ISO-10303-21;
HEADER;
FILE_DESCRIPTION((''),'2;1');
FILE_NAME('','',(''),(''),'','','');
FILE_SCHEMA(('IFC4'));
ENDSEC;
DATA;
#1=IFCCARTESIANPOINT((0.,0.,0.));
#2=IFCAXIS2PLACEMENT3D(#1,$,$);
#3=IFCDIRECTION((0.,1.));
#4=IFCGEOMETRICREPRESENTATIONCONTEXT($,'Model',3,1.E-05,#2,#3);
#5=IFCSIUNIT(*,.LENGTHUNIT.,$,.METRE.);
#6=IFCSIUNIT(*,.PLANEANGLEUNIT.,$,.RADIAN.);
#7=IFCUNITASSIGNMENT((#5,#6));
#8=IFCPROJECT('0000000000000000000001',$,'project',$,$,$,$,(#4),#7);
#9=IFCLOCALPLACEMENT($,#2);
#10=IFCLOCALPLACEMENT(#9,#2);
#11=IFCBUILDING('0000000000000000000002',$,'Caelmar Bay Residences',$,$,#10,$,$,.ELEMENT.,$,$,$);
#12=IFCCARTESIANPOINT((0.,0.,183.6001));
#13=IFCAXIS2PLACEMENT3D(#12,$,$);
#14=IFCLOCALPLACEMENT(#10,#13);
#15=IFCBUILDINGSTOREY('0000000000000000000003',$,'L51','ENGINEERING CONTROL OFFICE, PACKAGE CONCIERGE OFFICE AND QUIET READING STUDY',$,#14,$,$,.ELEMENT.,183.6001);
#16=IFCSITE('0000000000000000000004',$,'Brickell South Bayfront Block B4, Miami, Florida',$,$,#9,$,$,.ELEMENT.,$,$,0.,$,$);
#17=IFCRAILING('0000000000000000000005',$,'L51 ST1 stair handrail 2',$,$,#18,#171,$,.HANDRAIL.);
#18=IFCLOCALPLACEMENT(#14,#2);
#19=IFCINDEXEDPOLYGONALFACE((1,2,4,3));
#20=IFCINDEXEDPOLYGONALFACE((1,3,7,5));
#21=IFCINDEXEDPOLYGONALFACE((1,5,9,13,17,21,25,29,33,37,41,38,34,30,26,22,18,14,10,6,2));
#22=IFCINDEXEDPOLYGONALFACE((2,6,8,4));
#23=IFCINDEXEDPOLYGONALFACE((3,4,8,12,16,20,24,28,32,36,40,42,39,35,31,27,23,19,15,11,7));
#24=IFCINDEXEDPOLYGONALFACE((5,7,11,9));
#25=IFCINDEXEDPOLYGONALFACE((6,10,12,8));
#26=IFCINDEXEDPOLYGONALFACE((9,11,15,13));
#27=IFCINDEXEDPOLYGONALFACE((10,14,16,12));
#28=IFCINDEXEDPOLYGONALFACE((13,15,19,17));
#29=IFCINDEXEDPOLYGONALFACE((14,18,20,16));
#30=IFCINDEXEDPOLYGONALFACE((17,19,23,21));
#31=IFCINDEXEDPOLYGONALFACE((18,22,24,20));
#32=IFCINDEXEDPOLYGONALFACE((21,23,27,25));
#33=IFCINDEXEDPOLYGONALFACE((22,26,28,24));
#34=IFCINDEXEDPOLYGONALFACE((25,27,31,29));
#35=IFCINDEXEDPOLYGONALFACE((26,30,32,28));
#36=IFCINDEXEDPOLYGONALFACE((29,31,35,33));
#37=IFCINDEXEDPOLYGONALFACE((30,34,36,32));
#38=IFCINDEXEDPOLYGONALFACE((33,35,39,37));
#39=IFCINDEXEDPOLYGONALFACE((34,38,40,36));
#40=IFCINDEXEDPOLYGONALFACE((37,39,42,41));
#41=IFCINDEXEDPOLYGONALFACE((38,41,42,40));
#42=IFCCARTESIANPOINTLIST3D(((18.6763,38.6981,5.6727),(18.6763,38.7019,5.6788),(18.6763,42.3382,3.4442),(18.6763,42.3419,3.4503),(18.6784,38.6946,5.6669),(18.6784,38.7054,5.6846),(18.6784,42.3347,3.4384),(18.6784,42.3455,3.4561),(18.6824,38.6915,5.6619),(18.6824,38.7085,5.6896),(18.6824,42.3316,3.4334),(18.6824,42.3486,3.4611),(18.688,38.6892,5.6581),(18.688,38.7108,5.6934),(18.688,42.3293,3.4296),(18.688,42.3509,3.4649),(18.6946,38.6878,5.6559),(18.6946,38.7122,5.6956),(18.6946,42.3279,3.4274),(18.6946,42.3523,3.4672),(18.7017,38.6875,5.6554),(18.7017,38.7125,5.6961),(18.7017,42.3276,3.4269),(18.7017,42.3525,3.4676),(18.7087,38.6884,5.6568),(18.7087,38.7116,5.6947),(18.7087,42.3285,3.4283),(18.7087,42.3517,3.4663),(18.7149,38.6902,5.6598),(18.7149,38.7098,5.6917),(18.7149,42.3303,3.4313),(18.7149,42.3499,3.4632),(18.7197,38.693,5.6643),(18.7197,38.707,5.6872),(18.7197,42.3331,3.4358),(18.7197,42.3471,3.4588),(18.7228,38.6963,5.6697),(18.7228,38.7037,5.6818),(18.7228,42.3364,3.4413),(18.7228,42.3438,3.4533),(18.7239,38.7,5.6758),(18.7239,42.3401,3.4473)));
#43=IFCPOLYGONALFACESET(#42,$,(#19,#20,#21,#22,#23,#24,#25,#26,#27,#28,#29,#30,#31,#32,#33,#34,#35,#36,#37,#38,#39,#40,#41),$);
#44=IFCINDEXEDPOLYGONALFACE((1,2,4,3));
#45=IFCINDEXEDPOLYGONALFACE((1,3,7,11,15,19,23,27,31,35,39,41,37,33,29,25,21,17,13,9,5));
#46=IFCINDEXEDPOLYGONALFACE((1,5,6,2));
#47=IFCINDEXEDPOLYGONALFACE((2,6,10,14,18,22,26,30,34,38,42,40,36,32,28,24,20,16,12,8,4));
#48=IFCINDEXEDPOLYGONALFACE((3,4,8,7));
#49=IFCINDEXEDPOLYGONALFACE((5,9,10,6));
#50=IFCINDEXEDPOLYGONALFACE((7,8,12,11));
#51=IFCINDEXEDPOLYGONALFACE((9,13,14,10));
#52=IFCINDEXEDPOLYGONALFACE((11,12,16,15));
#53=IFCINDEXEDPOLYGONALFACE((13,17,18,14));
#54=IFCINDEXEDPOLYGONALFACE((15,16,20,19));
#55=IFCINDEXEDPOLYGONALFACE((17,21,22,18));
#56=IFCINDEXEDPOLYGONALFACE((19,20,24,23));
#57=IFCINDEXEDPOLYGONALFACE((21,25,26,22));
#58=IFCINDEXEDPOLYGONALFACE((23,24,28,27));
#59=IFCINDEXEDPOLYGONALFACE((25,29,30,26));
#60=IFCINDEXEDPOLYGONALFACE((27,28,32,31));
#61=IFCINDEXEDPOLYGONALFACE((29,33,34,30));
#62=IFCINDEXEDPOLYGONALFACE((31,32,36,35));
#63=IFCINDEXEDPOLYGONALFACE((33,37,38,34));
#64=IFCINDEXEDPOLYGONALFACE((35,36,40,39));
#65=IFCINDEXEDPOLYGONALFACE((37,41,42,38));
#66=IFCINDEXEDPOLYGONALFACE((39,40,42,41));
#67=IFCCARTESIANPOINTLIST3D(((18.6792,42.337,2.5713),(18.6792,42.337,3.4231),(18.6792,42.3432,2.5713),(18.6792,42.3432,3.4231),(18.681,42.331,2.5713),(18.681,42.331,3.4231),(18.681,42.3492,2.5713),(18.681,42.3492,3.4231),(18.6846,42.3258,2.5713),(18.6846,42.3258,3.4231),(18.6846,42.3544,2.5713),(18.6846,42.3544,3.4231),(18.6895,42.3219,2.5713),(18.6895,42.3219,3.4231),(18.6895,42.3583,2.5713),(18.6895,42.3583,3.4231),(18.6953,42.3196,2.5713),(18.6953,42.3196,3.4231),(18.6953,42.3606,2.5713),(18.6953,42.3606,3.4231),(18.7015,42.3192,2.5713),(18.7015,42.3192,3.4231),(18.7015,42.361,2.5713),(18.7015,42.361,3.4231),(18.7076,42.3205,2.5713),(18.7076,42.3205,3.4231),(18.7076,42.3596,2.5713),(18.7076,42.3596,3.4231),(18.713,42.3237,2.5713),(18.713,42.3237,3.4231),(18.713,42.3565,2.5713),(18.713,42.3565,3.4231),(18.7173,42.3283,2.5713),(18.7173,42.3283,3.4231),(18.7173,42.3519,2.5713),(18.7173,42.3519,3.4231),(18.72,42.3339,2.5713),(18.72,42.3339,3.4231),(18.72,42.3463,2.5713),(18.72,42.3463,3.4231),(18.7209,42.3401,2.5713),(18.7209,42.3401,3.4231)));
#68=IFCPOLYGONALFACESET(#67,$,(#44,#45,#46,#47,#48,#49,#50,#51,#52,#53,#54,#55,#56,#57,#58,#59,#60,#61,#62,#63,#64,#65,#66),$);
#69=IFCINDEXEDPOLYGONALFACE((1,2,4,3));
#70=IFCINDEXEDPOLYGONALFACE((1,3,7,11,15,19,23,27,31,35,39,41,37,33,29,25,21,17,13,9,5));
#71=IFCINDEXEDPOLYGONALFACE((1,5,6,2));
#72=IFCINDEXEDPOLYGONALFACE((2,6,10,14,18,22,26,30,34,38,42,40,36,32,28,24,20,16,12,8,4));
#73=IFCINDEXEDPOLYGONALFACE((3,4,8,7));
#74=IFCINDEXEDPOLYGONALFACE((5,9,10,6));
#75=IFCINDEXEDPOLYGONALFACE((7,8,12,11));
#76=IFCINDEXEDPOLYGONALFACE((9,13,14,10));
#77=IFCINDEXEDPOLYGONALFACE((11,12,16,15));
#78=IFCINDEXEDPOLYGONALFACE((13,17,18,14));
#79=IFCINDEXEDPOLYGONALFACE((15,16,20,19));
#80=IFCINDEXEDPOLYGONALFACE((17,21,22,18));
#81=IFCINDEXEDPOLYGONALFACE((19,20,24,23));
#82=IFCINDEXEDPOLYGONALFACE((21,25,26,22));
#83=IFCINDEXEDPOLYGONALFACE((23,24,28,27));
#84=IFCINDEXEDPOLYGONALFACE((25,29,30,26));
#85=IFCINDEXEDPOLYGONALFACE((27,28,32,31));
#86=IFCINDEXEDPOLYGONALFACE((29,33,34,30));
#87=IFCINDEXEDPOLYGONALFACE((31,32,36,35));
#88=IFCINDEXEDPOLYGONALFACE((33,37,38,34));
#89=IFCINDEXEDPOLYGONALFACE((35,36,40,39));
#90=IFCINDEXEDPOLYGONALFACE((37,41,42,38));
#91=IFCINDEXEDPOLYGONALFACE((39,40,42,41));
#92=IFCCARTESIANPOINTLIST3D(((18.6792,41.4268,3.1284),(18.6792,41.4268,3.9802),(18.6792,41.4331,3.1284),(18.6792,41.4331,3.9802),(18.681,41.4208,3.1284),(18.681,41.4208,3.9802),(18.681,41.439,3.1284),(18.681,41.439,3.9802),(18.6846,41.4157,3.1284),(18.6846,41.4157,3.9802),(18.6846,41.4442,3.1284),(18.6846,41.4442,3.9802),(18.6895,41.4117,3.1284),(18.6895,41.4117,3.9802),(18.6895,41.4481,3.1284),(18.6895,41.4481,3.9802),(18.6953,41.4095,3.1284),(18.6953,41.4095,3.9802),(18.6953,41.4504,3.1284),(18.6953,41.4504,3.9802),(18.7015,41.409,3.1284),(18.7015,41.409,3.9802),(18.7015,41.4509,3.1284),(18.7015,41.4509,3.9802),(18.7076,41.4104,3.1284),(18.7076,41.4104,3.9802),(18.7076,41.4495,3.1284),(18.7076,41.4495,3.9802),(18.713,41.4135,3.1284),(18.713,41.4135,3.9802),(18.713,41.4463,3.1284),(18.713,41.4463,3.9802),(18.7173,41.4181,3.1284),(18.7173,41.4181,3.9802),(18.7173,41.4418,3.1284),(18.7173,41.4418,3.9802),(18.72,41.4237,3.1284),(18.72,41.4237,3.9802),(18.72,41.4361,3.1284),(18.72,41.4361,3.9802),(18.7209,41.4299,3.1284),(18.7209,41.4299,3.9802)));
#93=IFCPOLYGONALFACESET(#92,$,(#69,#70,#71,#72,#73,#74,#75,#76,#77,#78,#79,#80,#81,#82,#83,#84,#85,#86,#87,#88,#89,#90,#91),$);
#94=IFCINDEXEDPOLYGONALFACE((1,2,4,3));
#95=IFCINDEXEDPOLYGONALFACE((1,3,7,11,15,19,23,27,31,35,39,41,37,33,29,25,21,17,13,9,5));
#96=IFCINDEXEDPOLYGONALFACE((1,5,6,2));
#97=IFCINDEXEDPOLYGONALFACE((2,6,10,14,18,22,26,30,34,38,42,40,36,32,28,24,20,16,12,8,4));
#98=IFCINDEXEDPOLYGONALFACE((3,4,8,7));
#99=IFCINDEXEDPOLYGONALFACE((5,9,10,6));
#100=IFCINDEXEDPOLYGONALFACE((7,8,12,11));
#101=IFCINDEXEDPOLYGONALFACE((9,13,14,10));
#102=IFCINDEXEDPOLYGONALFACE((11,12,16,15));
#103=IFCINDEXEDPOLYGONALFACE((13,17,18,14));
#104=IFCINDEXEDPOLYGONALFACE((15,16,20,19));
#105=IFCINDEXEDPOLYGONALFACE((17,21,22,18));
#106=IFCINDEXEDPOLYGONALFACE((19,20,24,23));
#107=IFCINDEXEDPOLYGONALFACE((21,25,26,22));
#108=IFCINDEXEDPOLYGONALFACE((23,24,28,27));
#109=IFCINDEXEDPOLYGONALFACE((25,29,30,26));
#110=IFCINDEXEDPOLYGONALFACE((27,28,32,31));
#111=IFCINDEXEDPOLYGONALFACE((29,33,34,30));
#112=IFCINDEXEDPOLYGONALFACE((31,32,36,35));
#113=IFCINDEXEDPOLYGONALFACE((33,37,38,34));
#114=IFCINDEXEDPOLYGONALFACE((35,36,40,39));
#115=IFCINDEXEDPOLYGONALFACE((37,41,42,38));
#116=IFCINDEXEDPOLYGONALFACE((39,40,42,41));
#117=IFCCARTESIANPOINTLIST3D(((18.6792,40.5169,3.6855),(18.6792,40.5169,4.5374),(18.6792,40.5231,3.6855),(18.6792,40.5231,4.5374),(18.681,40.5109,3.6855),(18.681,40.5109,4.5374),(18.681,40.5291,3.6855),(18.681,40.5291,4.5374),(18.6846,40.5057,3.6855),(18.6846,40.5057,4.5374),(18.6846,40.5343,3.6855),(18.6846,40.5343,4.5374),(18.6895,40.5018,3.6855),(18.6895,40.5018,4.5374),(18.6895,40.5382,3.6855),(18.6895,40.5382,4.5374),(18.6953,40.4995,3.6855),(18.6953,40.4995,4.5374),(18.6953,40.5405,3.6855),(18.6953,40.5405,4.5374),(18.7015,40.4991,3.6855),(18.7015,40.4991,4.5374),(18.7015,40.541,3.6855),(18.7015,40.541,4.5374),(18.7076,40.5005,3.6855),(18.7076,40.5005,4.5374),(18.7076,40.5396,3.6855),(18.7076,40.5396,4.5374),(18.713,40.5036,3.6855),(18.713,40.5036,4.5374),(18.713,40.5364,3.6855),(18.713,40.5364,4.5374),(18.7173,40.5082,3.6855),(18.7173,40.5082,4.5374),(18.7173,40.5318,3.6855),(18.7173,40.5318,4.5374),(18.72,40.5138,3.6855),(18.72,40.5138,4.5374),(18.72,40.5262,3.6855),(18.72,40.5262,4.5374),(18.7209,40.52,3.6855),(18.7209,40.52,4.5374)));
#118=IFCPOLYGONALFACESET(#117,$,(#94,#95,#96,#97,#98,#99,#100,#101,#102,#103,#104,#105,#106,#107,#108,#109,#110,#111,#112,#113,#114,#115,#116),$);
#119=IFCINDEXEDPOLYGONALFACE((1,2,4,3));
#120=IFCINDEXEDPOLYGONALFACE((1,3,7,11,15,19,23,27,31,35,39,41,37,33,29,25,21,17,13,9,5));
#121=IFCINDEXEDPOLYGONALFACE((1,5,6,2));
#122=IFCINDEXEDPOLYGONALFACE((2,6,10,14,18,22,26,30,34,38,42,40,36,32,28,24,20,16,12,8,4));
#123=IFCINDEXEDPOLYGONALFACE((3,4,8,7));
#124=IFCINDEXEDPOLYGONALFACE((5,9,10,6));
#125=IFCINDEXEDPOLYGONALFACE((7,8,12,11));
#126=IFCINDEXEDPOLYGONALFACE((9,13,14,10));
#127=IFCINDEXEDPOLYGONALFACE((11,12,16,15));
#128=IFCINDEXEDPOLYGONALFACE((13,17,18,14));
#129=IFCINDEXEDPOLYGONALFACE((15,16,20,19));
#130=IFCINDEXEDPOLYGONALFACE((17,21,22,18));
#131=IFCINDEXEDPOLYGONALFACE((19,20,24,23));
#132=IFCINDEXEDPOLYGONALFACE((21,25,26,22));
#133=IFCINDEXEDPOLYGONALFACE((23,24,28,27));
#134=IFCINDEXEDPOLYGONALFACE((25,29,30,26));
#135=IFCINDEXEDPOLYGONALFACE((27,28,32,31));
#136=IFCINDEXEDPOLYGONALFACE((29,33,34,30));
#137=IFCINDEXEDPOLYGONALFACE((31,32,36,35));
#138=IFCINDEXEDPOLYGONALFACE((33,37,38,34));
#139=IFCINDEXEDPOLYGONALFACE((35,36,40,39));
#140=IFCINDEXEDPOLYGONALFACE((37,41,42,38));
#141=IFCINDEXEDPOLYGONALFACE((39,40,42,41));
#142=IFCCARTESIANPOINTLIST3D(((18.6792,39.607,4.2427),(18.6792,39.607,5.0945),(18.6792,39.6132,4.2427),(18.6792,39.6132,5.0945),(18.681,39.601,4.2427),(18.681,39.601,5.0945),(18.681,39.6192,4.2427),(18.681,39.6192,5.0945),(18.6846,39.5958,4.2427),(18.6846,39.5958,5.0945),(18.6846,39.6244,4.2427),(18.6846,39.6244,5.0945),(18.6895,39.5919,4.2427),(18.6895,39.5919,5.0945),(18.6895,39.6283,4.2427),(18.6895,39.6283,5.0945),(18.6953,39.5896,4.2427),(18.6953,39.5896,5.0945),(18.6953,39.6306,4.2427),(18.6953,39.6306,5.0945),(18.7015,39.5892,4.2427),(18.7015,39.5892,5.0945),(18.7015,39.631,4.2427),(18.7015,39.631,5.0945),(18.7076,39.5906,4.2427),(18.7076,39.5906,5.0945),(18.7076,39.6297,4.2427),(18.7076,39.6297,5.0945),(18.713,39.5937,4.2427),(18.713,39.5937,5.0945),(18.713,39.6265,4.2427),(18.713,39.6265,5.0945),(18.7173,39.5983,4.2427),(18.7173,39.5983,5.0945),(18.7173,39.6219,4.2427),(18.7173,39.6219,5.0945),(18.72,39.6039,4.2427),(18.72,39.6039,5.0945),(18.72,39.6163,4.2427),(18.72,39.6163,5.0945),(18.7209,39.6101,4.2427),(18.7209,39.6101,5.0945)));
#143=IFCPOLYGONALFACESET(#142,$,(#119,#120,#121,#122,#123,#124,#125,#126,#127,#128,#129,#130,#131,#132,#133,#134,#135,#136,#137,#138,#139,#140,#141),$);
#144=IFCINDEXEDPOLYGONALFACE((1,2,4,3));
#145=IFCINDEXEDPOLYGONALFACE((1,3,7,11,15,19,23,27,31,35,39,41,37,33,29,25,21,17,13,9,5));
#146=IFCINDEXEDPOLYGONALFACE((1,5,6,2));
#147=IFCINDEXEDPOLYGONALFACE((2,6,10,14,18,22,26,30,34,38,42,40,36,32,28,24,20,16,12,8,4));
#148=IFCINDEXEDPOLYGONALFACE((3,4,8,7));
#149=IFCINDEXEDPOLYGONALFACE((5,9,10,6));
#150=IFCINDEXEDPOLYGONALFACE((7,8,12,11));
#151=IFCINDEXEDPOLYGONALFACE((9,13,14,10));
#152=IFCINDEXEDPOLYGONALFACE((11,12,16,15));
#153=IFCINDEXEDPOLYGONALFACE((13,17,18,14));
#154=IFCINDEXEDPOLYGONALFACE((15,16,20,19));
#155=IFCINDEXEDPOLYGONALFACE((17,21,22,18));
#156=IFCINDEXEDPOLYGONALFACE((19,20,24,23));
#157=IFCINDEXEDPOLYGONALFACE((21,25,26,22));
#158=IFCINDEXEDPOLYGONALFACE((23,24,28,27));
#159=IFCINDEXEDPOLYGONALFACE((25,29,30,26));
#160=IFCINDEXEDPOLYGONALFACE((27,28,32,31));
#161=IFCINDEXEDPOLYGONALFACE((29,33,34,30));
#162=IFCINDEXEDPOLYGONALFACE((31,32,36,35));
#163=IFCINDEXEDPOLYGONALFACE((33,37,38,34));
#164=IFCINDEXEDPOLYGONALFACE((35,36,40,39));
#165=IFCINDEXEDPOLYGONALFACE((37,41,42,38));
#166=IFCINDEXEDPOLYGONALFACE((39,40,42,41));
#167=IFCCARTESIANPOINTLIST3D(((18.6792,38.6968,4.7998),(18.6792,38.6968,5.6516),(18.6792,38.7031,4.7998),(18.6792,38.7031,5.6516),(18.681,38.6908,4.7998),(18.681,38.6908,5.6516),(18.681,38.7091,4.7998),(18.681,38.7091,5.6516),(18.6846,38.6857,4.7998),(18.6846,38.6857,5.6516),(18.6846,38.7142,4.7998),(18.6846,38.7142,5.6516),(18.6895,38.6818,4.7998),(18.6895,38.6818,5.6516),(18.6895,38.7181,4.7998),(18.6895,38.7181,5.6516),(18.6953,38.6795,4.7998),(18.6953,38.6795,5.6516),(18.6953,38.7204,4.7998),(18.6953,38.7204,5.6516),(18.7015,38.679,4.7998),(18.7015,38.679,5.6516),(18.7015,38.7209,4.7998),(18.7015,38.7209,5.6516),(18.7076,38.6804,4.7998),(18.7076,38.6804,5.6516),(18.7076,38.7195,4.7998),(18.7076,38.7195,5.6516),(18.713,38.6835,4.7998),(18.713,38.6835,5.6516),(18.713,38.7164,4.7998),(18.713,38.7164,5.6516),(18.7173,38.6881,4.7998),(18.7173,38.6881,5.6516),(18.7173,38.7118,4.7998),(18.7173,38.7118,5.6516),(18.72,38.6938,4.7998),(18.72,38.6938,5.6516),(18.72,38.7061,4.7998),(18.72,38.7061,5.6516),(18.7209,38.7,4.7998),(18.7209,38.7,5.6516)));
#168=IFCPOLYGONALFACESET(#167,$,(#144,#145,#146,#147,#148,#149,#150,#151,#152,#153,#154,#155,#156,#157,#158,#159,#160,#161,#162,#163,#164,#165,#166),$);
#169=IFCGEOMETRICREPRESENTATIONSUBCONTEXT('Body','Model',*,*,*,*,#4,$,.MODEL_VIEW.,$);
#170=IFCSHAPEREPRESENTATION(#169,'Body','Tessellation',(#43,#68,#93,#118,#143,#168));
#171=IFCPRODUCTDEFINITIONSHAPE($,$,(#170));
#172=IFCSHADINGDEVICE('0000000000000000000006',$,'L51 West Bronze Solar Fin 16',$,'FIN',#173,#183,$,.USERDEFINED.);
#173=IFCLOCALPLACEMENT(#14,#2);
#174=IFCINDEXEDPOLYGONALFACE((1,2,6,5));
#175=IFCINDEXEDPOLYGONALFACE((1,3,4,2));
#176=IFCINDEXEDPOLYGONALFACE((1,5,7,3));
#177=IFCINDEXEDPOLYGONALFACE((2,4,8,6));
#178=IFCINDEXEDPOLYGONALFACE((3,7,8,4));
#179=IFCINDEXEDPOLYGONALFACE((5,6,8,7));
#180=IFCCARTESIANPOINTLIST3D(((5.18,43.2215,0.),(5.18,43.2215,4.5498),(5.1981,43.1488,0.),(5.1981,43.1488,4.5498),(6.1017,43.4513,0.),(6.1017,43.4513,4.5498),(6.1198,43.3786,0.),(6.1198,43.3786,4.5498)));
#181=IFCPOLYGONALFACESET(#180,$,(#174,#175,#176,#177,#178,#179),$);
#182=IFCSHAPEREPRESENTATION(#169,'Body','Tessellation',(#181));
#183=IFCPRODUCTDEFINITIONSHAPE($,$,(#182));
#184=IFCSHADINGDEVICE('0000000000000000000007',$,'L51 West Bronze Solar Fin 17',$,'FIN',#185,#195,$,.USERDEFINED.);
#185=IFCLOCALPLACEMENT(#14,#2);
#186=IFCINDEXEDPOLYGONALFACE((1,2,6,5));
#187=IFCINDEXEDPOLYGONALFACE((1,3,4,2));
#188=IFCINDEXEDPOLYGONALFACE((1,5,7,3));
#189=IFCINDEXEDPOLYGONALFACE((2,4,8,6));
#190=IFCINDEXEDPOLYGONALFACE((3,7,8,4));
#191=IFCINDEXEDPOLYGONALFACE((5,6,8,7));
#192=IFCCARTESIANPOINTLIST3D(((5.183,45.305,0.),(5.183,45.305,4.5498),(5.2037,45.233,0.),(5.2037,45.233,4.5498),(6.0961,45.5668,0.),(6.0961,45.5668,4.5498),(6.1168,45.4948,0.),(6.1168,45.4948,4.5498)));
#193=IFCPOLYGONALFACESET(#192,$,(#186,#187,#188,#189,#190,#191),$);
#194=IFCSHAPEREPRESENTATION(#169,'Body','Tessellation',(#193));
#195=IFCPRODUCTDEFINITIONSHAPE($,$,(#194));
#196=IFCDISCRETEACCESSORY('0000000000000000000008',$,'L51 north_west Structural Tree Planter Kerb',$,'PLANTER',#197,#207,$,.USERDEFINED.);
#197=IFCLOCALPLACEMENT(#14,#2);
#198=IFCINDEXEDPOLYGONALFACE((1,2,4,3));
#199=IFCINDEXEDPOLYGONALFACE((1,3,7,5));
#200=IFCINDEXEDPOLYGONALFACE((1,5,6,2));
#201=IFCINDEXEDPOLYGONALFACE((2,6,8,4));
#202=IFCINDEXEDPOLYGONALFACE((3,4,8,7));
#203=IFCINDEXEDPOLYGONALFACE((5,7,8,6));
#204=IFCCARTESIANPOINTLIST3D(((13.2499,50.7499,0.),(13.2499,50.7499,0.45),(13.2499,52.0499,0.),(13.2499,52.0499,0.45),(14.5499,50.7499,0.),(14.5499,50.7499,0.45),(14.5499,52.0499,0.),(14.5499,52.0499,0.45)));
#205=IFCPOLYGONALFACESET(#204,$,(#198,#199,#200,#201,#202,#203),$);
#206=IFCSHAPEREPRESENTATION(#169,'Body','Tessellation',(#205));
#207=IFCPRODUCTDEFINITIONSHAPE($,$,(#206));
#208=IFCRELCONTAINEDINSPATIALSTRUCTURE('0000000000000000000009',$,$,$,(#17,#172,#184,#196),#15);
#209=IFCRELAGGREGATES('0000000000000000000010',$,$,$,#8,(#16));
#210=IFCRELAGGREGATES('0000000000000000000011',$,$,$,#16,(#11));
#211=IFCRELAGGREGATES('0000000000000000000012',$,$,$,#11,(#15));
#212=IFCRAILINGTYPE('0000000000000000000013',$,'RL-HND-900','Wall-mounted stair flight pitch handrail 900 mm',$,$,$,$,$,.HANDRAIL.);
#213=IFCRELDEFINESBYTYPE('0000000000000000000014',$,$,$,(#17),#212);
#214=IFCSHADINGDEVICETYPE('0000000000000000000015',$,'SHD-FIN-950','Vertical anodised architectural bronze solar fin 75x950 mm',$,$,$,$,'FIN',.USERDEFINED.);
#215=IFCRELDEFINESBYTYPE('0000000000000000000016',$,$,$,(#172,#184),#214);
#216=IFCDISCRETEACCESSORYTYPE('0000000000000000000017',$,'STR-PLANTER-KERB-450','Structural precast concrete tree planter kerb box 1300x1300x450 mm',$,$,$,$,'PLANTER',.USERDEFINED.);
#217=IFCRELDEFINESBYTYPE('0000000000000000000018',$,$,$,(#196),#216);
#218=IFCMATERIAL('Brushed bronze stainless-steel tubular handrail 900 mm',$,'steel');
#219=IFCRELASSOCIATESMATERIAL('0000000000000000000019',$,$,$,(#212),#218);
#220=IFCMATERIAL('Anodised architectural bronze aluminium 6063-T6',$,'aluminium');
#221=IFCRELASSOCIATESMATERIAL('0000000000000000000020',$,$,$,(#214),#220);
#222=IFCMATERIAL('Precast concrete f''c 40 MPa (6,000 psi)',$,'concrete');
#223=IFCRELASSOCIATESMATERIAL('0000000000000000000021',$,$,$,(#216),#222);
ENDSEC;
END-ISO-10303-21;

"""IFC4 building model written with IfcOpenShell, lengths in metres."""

from ifc_helpers import new_model, si_unit, direction, frame, origin, origin_2d, place, context, subcontext, project, spatial, rectangle, circle, extrude, material, material_profile, profile_set, type_object, element, save


model = new_model("IFC4")

# Units and contexts
model_context = context("Model", 3, precision=1e-05, world=origin(), true_north=direction((0.0, 1.0)))
body_context = subcontext(model_context, "Body", "Model", "MODEL_VIEW")
ifc_project = project(units=[si_unit("LENGTHUNIT", "METRE"), si_unit("PLANEANGLEUNIT", "RADIAN")], contexts=[model_context])

# Site, building, storey
site_placement = place(None, origin())
site = spatial("IfcSite", under=ifc_project, at=site_placement, Name="Brickell South Bayfront Block B4, Miami, Florida", CompositionType="ELEMENT", RefElevation=0.0)
building_placement = place(site_placement, origin())
building = spatial("IfcBuilding", under=site, at=building_placement, Name="Caelmar Bay Residences", CompositionType="ELEMENT")
storey_placement = place(building_placement, frame((0.0, 0.0, 183.6001)))
storey = spatial("IfcBuildingStorey", under=building, at=storey_placement, Name="L51", Description="ENGINEERING CONTROL OFFICE, PACKAGE CONCIERGE OFFICE AND QUIET READING STUDY", CompositionType="ELEMENT", Elevation=183.6001)

# Shared definitions
ifc_material_1 = material(Name="Precast concrete f'c 40 MPa (6,000 psi)", Category="concrete")

# Railing
ifc_material_2 = material(Name="Brushed bronze stainless-steel tubular handrail 900 mm", Category="steel")
railing_type_1 = type_object("IfcRailingType", Name="RL-HND-900", Description="Wall-mounted stair flight pitch handrail 900 mm", PredefinedType="HANDRAIL", material=ifc_material_2)
railing_1_placement = place(storey_placement, frame((18.7, 42.3401, 2.5713)))
element("IfcRailing", 1, at=railing_1_placement, inside=storey, type_object=railing_type_1, Name="L51 ST1 stair handrail 2", PredefinedType="HANDRAIL", context=body_context, shape_type="SweptSolid", body=[
    extrude(circle(Radius=0.0239, at=origin_2d()), frame((0.0, 0.0, 0.876), z_axis=(0.0, -0.852866, 0.52213), x_axis=(1.0, 0.0, 0.0)), (0.0, 0.0, 1.0), 4.2681),
    extrude(circle(Radius=0.021, at=origin_2d()), origin(), (0.0, 0.0, 1.0), 0.8518),
    extrude(circle(Radius=0.021, at=origin_2d()), frame((0.0, -0.9102, 0.5571)), (0.0, 0.0, 1.0), 0.8518),
    extrude(circle(Radius=0.021, at=origin_2d()), frame((0.0, -1.8201, 1.1143)), (0.0, 0.0, 1.0), 0.8518),
    extrude(circle(Radius=0.021, at=origin_2d()), frame((0.0, -2.73, 1.6714)), (0.0, 0.0, 1.0), 0.8518),
    extrude(circle(Radius=0.021, at=origin_2d()), frame((0.0, -3.6401, 2.2285)), (0.0, 0.0, 1.0), 0.8518),
])

# Shading devices
ifc_material_3 = material(Name="Anodised architectural bronze aluminium 6063-T6", Category="aluminium")
ifc_material_profile_1 = material_profile(ifc_material_3, rectangle(XDim=0.075, YDim=0.95, at=origin_2d()), Name="BRONZE-FIN-75X950")
ifc_profile_set_1 = profile_set([ifc_material_profile_1], Name="Anodised architectural bronze aluminium 6063-T6")
shading_device_type = type_object("IfcShadingDeviceType", Name="SHD-FIN-950", Description="Vertical anodised architectural bronze solar fin 75x950 mm", ElementType="FIN", PredefinedType="USERDEFINED", material=ifc_profile_set_1)
for number, where, z_axis, x_axis, name in (
    (2, (5.6499, 43.3, 0.0), (0.0, 0.0, 1.0), (-0.241922, 0.970296, 0.0), "L51 West Bronze Solar Fin 16"),
    (3, (5.6499, 45.3999, 0.0), (0.0, 0.0, 1.0), (-0.275637, 0.961262, 0.0), "L51 West Bronze Solar Fin 17"),
):
    element("IfcShadingDevice", number, at=place(storey_placement, frame(where, z_axis=z_axis, x_axis=x_axis)), inside=storey, type_object=shading_device_type, Name=name, ObjectType="FIN", PredefinedType="USERDEFINED", context=body_context, shape_type="SweptSolid", body=[
        extrude(rectangle(XDim=0.075, YDim=0.95, at=origin_2d()), origin(), (0.0, 0.0, 1.0), 4.5498),
    ])

# Discrete accessory
discrete_accessory_type = type_object("IfcDiscreteAccessoryType", Name="STR-PLANTER-KERB-450", Description="Structural precast concrete tree planter kerb box 1300x1300x450 mm", ElementType="PLANTER", PredefinedType="USERDEFINED", material=ifc_material_1)
discrete_accessory_placement = place(storey_placement, frame((13.8999, 51.3999, 0.0), z_axis=(0.0, 0.0, 1.0), x_axis=(1.0, 0.0, 0.0)))
element("IfcDiscreteAccessory", 4, at=discrete_accessory_placement, inside=storey, type_object=discrete_accessory_type, Name="L51 north_west Structural Tree Planter Kerb", ObjectType="PLANTER", PredefinedType="USERDEFINED", context=body_context, shape_type="SweptSolid", body=[
    extrude(rectangle(XDim=1.3, YDim=1.3, at=origin_2d()), origin(), (0.0, 0.0, 1.0), 0.45),
])

save(model, "model.ifc")
